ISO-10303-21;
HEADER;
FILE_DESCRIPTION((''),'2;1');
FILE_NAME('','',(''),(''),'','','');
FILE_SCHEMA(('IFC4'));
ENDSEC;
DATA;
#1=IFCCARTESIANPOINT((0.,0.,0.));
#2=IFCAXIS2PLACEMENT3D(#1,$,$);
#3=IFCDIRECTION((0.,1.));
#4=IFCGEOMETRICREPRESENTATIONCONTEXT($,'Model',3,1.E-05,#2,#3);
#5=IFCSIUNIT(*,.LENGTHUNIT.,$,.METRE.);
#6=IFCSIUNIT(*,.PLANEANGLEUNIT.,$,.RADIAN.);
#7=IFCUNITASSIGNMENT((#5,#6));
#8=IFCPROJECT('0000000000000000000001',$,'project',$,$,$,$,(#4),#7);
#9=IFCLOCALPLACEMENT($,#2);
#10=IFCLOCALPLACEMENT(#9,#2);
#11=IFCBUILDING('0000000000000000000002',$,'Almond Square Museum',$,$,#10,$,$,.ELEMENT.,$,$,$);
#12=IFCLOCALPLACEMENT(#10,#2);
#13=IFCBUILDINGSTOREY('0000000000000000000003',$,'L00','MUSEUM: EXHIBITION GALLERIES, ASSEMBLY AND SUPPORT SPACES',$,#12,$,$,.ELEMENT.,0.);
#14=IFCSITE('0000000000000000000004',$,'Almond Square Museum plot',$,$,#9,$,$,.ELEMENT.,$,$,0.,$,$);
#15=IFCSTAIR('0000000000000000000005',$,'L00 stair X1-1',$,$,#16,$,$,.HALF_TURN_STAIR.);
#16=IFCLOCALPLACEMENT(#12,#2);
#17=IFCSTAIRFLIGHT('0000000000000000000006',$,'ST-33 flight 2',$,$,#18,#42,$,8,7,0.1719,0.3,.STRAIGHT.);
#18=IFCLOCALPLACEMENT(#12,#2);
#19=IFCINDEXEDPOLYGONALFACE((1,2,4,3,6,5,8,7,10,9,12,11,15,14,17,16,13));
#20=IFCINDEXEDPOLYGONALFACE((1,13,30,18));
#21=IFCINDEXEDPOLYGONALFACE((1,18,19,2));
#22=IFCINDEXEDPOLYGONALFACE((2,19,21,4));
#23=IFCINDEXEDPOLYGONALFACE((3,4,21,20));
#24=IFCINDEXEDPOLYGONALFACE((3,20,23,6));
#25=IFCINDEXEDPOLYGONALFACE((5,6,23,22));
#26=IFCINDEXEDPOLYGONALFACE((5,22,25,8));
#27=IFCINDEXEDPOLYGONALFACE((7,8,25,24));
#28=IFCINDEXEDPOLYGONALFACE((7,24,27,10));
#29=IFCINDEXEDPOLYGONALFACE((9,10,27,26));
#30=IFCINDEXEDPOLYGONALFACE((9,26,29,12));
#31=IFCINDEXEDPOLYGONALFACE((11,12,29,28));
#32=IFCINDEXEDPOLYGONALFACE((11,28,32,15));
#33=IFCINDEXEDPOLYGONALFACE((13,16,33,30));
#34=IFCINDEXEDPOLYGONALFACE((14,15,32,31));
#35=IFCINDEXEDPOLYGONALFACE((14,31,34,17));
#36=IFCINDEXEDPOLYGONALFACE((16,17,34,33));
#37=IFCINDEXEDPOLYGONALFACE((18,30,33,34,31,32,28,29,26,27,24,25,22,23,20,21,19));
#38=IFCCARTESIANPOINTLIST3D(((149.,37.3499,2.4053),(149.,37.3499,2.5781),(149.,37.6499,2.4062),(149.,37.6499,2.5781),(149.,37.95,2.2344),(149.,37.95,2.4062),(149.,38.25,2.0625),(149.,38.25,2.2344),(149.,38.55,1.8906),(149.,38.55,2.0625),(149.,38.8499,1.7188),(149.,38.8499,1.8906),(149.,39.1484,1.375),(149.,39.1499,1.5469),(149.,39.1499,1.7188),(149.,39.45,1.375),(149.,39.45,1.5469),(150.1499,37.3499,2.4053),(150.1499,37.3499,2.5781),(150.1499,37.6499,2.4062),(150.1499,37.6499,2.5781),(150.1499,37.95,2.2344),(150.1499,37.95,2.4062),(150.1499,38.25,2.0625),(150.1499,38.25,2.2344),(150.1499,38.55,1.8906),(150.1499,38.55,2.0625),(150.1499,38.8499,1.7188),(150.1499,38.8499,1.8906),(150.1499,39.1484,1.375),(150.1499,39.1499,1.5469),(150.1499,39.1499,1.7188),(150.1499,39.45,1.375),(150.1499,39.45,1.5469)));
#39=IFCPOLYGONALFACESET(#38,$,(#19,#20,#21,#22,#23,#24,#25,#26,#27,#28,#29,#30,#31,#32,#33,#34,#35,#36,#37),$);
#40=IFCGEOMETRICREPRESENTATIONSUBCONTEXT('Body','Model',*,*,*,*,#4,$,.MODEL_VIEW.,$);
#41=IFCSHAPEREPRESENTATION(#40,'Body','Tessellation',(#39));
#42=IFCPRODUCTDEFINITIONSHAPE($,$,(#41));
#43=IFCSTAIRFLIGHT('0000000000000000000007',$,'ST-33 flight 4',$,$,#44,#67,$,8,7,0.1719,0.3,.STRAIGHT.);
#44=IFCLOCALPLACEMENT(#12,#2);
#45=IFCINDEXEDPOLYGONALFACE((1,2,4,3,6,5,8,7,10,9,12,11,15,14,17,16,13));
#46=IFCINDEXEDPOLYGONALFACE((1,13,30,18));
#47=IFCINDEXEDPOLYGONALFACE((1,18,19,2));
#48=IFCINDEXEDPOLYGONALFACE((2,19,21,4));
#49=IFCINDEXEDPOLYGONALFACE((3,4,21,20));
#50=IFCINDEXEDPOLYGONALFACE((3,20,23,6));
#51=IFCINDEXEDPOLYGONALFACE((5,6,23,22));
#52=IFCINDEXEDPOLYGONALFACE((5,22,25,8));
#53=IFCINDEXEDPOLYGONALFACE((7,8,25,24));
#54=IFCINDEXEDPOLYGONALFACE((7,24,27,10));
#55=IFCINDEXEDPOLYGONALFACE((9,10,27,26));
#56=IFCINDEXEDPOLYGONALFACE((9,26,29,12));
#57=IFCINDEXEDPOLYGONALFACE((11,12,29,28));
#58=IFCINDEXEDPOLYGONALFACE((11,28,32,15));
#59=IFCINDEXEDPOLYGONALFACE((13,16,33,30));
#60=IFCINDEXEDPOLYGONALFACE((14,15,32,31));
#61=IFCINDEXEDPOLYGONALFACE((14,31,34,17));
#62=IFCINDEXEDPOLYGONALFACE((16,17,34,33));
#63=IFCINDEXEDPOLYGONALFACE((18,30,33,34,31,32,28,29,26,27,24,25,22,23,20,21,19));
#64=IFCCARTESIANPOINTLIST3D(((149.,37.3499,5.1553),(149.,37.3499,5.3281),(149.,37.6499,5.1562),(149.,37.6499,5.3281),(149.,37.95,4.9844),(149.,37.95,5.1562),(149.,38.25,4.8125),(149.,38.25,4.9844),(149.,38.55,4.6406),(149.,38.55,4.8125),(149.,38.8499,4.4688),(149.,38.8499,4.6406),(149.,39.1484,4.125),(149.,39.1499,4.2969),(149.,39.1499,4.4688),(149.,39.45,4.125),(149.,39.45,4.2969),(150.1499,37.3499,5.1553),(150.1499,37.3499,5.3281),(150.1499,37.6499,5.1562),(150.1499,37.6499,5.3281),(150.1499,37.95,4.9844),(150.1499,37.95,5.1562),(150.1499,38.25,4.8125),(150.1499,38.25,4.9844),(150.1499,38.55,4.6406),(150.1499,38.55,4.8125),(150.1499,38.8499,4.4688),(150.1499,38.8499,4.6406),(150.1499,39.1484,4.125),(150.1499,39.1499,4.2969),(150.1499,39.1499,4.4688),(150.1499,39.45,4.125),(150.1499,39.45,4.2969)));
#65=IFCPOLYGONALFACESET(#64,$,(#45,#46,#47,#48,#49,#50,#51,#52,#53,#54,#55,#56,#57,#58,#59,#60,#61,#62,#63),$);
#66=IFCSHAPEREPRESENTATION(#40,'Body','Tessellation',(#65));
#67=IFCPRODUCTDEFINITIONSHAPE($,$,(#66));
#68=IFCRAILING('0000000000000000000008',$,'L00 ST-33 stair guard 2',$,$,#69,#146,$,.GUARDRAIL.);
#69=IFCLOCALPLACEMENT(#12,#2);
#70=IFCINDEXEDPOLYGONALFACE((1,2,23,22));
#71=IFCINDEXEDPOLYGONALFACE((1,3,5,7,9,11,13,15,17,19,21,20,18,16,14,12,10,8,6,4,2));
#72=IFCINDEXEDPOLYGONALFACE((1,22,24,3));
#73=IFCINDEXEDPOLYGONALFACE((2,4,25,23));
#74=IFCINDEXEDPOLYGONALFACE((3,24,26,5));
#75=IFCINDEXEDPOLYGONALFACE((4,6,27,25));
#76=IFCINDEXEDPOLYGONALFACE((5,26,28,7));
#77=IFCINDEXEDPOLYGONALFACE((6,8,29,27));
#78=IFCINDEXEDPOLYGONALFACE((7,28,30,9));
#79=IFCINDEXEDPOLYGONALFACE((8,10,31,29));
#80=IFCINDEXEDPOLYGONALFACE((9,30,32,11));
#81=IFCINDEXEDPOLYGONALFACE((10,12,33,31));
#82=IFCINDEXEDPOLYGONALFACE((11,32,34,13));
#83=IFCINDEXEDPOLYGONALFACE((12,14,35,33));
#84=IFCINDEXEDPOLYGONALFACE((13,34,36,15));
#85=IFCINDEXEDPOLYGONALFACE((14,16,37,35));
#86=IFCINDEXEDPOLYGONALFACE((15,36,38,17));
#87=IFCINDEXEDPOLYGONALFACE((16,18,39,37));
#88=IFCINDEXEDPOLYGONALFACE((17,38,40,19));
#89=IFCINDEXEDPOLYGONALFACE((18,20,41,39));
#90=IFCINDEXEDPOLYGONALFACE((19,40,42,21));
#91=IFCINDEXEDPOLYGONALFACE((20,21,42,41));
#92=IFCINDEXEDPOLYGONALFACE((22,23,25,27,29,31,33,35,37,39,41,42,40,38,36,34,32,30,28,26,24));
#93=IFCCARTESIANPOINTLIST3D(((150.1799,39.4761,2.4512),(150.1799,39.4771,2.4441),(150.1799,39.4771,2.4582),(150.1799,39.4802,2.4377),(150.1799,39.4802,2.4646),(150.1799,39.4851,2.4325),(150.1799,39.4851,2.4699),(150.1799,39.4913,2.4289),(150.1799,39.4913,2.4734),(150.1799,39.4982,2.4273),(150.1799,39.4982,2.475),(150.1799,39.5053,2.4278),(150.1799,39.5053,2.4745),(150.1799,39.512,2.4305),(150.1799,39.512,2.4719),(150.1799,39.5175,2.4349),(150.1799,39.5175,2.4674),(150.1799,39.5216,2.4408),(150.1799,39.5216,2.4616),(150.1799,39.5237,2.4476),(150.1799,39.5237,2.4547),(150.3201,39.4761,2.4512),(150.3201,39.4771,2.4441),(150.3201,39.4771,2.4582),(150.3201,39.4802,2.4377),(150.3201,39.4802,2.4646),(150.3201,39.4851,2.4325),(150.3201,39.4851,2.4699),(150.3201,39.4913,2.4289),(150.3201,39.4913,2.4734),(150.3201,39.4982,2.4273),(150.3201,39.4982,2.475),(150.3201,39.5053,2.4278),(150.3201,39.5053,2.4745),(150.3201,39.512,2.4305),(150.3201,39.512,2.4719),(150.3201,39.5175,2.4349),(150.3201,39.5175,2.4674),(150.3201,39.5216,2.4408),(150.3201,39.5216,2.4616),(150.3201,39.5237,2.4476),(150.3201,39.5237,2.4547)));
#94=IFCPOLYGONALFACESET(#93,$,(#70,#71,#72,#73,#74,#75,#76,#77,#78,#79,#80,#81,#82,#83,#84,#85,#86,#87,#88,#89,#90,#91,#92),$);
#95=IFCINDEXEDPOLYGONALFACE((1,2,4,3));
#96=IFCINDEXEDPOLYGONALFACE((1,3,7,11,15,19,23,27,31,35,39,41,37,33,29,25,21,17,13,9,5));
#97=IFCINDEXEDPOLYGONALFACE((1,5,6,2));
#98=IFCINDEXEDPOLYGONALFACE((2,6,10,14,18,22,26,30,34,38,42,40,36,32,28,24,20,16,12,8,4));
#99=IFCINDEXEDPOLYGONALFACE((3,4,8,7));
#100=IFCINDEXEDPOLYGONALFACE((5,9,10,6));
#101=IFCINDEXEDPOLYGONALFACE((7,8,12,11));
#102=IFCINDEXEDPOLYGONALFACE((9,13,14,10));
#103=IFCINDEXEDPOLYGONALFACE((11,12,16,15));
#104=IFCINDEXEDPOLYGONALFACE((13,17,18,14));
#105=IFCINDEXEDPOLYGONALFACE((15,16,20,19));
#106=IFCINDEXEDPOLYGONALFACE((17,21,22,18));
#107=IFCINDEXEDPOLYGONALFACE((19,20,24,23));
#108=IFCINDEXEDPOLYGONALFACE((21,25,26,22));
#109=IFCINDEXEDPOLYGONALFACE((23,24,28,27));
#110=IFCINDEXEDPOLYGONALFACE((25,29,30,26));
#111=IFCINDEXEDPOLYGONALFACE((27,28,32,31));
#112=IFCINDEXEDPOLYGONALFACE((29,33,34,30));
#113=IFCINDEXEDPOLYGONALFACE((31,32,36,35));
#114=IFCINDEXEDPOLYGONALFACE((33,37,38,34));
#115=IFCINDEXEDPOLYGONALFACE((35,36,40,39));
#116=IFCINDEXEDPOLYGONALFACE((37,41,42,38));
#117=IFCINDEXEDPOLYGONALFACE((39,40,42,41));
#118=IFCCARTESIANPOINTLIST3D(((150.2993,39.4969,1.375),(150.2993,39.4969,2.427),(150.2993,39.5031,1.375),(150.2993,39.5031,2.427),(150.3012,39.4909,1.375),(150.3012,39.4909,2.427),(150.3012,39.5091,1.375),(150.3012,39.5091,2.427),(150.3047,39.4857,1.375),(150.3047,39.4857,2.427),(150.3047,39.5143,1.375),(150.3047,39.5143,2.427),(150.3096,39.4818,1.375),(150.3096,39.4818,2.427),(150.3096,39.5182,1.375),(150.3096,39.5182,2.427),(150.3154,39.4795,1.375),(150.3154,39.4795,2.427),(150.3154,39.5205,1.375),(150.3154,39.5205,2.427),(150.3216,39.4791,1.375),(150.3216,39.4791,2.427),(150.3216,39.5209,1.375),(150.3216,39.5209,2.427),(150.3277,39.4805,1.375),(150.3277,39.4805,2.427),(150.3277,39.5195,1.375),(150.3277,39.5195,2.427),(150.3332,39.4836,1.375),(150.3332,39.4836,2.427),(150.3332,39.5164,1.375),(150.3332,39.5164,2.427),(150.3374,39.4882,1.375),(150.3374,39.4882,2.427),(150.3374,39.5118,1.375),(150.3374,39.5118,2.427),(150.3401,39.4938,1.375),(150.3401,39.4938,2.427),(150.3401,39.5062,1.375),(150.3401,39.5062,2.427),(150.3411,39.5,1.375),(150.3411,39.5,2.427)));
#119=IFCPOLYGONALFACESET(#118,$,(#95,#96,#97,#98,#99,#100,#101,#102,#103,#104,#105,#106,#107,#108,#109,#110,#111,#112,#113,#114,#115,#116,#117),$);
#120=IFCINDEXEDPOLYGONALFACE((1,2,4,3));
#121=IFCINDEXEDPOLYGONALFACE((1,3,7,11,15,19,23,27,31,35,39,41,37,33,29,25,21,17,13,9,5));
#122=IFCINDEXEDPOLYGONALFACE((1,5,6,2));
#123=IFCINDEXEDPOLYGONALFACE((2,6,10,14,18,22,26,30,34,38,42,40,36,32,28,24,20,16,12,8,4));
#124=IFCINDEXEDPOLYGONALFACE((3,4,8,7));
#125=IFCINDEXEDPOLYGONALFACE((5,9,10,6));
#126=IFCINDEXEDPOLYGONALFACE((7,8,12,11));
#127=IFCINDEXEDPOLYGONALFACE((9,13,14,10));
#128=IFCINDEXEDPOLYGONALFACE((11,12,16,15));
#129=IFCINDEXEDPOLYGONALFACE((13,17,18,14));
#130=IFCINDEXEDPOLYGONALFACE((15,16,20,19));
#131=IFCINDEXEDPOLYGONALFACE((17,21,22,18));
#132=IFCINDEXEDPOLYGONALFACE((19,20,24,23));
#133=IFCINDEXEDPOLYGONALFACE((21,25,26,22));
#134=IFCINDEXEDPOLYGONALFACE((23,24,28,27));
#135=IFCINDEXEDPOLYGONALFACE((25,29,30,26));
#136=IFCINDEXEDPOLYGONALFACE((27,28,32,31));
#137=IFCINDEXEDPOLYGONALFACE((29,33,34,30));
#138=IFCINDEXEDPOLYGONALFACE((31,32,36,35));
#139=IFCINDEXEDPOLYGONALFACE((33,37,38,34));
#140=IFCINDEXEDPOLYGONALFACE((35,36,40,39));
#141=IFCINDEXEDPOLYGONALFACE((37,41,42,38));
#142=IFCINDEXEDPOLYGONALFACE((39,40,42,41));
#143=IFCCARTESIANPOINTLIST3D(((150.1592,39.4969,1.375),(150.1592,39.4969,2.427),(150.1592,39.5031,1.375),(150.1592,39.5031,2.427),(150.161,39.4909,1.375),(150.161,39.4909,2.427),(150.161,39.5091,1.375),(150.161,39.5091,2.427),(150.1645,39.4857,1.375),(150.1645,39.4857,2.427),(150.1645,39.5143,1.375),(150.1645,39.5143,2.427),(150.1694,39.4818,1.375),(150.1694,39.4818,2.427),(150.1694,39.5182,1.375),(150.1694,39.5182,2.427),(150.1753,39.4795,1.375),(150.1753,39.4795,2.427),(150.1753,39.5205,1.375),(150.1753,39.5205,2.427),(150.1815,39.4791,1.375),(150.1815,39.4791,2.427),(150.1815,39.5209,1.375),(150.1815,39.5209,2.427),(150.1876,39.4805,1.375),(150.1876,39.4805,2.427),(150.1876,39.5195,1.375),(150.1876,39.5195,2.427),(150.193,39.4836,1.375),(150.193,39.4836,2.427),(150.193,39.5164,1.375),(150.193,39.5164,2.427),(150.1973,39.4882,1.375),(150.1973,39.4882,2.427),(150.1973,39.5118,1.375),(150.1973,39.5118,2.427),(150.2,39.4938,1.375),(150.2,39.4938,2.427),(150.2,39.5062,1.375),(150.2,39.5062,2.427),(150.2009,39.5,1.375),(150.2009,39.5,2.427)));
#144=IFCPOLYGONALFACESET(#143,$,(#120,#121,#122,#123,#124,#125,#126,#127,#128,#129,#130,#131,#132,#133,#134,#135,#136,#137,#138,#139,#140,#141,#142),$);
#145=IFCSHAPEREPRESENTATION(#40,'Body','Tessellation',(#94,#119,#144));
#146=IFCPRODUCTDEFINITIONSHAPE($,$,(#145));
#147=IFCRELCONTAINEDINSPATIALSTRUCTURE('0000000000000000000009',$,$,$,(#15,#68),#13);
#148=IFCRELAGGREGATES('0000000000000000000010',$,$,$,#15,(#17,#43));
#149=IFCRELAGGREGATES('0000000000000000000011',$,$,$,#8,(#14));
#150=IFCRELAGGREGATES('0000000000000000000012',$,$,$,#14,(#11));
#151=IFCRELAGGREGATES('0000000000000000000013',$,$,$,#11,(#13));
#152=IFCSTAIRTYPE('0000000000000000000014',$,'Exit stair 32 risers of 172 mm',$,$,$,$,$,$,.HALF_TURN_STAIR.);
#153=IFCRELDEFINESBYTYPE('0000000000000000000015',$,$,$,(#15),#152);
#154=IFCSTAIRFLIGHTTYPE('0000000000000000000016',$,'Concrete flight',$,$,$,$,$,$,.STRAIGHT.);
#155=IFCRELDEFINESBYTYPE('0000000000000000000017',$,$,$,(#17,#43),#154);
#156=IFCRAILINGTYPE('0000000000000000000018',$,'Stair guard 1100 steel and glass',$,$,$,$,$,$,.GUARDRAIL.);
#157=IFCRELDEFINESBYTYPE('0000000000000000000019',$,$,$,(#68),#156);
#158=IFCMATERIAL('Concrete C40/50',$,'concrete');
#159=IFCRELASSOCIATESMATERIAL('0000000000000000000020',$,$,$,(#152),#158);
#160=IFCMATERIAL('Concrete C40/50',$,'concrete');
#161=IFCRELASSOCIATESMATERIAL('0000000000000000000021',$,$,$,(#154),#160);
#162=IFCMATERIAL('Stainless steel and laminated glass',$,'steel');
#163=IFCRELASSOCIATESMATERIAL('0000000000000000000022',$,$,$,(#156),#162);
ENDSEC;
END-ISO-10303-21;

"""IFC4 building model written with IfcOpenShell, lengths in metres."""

from ifc_helpers import new_model, si_unit, direction, frame, origin, origin_2d, place, context, subcontext, project, spatial, polyline, circle, outline, extrude, material, type_object, element, aggregate, save


model = new_model("IFC4")

# Units and contexts
model_context = context("Model", 3, precision=1e-05, world=origin(), true_north=direction((0.0, 1.0)))
body_context = subcontext(model_context, "Body", "Model", "MODEL_VIEW")
ifc_project = project(units=[si_unit("LENGTHUNIT", "METRE"), si_unit("PLANEANGLEUNIT", "RADIAN")], contexts=[model_context])

# Site, building, storey
site_placement = place(None, origin())
site = spatial("IfcSite", under=ifc_project, at=site_placement, Name="Almond Square Museum plot", CompositionType="ELEMENT", RefElevation=0.0)
building_placement = place(site_placement, origin())
building = spatial("IfcBuilding", under=site, at=building_placement, Name="Almond Square Museum", CompositionType="ELEMENT")
storey_placement = place(building_placement, origin())
storey = spatial("IfcBuildingStorey", under=building, at=storey_placement, Name="L00", Description="MUSEUM: EXHIBITION GALLERIES, ASSEMBLY AND SUPPORT SPACES", CompositionType="ELEMENT", Elevation=0.0)

# Stair, stair flights
ifc_material_1 = material(Name="Concrete C40/50", Category="concrete")
stair_type = type_object("IfcStairType", Name="Exit stair 32 risers of 172 mm", PredefinedType="HALF_TURN_STAIR", material=ifc_material_1)
stair_placement = place(storey_placement, origin())
stair = element("IfcStair", 1, at=stair_placement, inside=storey, type_object=stair_type, Name="L00 stair X1-1", PredefinedType="HALF_TURN_STAIR")
ifc_material_2 = material(Name="Concrete C40/50", Category="concrete")
stair_flight_type = type_object("IfcStairFlightType", Name="Concrete flight", PredefinedType="STRAIGHT", material=ifc_material_2)
stair_flight_1_placement = place(storey_placement, frame((149.575, 39.45, 1.375), z_axis=(0.0, 0.0, 1.0), x_axis=(0.0, -1.0, 0.0)))
stair_flight_1 = element("IfcStairFlight", 2, at=stair_flight_1_placement, type_object=stair_flight_type, Name="ST-33 flight 2", NumberOfRisers=8, NumberOfTreads=7, PredefinedType="STRAIGHT", RiserHeight=0.1719, TreadLength=0.3, context=body_context, shape_type="SweptSolid", body=[
    extrude(outline(polyline([(0.0, 0.0), (0.0, 0.1719), (0.3, 0.1719), (0.3, 0.3438), (0.6001, 0.3438), (0.6001, 0.5156), (0.8999, 0.5156), (0.8999, 0.6875), (1.2, 0.6875), (1.2, 0.8594), (1.5, 0.8594), (1.5, 1.0312), (1.8, 1.0312), (1.8, 1.2031), (2.1001, 1.2031), (2.1001, 1.375), (2.1001, 1.0303), (0.3015, 0.0), (0.0, 0.0)])), frame((0.0, 0.575, 0.0), z_axis=(0.0, -1.0, 0.0), x_axis=(1.0, 0.0, 0.0)), (0.0, 0.0, 1.0), 1.1499),
])
stair_flight_2_placement = place(storey_placement, frame((149.575, 39.45, 4.125), z_axis=(0.0, 0.0, 1.0), x_axis=(0.0, -1.0, 0.0)))
stair_flight_2 = element("IfcStairFlight", 3, at=stair_flight_2_placement, type_object=stair_flight_type, Name="ST-33 flight 4", NumberOfRisers=8, NumberOfTreads=7, PredefinedType="STRAIGHT", RiserHeight=0.1719, TreadLength=0.3, context=body_context, shape_type="SweptSolid", body=[
    extrude(outline(polyline([(0.0, 0.0), (0.0, 0.1719), (0.3, 0.1719), (0.3, 0.3438), (0.6001, 0.3438), (0.6001, 0.5156), (0.8999, 0.5156), (0.8999, 0.6875), (1.2, 0.6875), (1.2, 0.8594), (1.5, 0.8594), (1.5, 1.0312), (1.8, 1.0312), (1.8, 1.2031), (2.1001, 1.2031), (2.1001, 1.375), (2.1001, 1.0303), (0.3015, 0.0), (0.0, 0.0)])), frame((0.0, 0.575, 0.0), z_axis=(0.0, -1.0, 0.0), x_axis=(1.0, 0.0, 0.0)), (0.0, 0.0, 1.0), 1.1499),
])
aggregate(stair, [stair_flight_1, stair_flight_2])

# Railing
ifc_material_3 = material(Name="Stainless steel and laminated glass", Category="steel")
railing_type_1 = type_object("IfcRailingType", Name="Stair guard 1100 steel and glass", PredefinedType="GUARDRAIL", material=ifc_material_3)
railing_1_placement = place(storey_placement, frame((150.3201, 39.5, 1.375)))
element("IfcRailing", 4, at=railing_1_placement, inside=storey, type_object=railing_type_1, Name="L00 ST-33 stair guard 2", PredefinedType="GUARDRAIL", context=body_context, shape_type="SweptSolid", body=[
    extrude(circle(Radius=0.0239, at=origin_2d()), frame((0.0, 0.0, 1.0762), z_axis=(-1.0, 0.0, 0.0), x_axis=(0.0, -1.0, 0.0)), (0.0, 0.0, 1.0), 0.1401),
    extrude(circle(Radius=0.021, at=origin_2d()), origin(), (0.0, 0.0, 1.0), 1.052),
    extrude(circle(Radius=0.021, at=origin_2d()), frame((-0.1401, 0.0, 0.0)), (0.0, 0.0, 1.0), 1.052),
])

save(model, "model.ifc")
